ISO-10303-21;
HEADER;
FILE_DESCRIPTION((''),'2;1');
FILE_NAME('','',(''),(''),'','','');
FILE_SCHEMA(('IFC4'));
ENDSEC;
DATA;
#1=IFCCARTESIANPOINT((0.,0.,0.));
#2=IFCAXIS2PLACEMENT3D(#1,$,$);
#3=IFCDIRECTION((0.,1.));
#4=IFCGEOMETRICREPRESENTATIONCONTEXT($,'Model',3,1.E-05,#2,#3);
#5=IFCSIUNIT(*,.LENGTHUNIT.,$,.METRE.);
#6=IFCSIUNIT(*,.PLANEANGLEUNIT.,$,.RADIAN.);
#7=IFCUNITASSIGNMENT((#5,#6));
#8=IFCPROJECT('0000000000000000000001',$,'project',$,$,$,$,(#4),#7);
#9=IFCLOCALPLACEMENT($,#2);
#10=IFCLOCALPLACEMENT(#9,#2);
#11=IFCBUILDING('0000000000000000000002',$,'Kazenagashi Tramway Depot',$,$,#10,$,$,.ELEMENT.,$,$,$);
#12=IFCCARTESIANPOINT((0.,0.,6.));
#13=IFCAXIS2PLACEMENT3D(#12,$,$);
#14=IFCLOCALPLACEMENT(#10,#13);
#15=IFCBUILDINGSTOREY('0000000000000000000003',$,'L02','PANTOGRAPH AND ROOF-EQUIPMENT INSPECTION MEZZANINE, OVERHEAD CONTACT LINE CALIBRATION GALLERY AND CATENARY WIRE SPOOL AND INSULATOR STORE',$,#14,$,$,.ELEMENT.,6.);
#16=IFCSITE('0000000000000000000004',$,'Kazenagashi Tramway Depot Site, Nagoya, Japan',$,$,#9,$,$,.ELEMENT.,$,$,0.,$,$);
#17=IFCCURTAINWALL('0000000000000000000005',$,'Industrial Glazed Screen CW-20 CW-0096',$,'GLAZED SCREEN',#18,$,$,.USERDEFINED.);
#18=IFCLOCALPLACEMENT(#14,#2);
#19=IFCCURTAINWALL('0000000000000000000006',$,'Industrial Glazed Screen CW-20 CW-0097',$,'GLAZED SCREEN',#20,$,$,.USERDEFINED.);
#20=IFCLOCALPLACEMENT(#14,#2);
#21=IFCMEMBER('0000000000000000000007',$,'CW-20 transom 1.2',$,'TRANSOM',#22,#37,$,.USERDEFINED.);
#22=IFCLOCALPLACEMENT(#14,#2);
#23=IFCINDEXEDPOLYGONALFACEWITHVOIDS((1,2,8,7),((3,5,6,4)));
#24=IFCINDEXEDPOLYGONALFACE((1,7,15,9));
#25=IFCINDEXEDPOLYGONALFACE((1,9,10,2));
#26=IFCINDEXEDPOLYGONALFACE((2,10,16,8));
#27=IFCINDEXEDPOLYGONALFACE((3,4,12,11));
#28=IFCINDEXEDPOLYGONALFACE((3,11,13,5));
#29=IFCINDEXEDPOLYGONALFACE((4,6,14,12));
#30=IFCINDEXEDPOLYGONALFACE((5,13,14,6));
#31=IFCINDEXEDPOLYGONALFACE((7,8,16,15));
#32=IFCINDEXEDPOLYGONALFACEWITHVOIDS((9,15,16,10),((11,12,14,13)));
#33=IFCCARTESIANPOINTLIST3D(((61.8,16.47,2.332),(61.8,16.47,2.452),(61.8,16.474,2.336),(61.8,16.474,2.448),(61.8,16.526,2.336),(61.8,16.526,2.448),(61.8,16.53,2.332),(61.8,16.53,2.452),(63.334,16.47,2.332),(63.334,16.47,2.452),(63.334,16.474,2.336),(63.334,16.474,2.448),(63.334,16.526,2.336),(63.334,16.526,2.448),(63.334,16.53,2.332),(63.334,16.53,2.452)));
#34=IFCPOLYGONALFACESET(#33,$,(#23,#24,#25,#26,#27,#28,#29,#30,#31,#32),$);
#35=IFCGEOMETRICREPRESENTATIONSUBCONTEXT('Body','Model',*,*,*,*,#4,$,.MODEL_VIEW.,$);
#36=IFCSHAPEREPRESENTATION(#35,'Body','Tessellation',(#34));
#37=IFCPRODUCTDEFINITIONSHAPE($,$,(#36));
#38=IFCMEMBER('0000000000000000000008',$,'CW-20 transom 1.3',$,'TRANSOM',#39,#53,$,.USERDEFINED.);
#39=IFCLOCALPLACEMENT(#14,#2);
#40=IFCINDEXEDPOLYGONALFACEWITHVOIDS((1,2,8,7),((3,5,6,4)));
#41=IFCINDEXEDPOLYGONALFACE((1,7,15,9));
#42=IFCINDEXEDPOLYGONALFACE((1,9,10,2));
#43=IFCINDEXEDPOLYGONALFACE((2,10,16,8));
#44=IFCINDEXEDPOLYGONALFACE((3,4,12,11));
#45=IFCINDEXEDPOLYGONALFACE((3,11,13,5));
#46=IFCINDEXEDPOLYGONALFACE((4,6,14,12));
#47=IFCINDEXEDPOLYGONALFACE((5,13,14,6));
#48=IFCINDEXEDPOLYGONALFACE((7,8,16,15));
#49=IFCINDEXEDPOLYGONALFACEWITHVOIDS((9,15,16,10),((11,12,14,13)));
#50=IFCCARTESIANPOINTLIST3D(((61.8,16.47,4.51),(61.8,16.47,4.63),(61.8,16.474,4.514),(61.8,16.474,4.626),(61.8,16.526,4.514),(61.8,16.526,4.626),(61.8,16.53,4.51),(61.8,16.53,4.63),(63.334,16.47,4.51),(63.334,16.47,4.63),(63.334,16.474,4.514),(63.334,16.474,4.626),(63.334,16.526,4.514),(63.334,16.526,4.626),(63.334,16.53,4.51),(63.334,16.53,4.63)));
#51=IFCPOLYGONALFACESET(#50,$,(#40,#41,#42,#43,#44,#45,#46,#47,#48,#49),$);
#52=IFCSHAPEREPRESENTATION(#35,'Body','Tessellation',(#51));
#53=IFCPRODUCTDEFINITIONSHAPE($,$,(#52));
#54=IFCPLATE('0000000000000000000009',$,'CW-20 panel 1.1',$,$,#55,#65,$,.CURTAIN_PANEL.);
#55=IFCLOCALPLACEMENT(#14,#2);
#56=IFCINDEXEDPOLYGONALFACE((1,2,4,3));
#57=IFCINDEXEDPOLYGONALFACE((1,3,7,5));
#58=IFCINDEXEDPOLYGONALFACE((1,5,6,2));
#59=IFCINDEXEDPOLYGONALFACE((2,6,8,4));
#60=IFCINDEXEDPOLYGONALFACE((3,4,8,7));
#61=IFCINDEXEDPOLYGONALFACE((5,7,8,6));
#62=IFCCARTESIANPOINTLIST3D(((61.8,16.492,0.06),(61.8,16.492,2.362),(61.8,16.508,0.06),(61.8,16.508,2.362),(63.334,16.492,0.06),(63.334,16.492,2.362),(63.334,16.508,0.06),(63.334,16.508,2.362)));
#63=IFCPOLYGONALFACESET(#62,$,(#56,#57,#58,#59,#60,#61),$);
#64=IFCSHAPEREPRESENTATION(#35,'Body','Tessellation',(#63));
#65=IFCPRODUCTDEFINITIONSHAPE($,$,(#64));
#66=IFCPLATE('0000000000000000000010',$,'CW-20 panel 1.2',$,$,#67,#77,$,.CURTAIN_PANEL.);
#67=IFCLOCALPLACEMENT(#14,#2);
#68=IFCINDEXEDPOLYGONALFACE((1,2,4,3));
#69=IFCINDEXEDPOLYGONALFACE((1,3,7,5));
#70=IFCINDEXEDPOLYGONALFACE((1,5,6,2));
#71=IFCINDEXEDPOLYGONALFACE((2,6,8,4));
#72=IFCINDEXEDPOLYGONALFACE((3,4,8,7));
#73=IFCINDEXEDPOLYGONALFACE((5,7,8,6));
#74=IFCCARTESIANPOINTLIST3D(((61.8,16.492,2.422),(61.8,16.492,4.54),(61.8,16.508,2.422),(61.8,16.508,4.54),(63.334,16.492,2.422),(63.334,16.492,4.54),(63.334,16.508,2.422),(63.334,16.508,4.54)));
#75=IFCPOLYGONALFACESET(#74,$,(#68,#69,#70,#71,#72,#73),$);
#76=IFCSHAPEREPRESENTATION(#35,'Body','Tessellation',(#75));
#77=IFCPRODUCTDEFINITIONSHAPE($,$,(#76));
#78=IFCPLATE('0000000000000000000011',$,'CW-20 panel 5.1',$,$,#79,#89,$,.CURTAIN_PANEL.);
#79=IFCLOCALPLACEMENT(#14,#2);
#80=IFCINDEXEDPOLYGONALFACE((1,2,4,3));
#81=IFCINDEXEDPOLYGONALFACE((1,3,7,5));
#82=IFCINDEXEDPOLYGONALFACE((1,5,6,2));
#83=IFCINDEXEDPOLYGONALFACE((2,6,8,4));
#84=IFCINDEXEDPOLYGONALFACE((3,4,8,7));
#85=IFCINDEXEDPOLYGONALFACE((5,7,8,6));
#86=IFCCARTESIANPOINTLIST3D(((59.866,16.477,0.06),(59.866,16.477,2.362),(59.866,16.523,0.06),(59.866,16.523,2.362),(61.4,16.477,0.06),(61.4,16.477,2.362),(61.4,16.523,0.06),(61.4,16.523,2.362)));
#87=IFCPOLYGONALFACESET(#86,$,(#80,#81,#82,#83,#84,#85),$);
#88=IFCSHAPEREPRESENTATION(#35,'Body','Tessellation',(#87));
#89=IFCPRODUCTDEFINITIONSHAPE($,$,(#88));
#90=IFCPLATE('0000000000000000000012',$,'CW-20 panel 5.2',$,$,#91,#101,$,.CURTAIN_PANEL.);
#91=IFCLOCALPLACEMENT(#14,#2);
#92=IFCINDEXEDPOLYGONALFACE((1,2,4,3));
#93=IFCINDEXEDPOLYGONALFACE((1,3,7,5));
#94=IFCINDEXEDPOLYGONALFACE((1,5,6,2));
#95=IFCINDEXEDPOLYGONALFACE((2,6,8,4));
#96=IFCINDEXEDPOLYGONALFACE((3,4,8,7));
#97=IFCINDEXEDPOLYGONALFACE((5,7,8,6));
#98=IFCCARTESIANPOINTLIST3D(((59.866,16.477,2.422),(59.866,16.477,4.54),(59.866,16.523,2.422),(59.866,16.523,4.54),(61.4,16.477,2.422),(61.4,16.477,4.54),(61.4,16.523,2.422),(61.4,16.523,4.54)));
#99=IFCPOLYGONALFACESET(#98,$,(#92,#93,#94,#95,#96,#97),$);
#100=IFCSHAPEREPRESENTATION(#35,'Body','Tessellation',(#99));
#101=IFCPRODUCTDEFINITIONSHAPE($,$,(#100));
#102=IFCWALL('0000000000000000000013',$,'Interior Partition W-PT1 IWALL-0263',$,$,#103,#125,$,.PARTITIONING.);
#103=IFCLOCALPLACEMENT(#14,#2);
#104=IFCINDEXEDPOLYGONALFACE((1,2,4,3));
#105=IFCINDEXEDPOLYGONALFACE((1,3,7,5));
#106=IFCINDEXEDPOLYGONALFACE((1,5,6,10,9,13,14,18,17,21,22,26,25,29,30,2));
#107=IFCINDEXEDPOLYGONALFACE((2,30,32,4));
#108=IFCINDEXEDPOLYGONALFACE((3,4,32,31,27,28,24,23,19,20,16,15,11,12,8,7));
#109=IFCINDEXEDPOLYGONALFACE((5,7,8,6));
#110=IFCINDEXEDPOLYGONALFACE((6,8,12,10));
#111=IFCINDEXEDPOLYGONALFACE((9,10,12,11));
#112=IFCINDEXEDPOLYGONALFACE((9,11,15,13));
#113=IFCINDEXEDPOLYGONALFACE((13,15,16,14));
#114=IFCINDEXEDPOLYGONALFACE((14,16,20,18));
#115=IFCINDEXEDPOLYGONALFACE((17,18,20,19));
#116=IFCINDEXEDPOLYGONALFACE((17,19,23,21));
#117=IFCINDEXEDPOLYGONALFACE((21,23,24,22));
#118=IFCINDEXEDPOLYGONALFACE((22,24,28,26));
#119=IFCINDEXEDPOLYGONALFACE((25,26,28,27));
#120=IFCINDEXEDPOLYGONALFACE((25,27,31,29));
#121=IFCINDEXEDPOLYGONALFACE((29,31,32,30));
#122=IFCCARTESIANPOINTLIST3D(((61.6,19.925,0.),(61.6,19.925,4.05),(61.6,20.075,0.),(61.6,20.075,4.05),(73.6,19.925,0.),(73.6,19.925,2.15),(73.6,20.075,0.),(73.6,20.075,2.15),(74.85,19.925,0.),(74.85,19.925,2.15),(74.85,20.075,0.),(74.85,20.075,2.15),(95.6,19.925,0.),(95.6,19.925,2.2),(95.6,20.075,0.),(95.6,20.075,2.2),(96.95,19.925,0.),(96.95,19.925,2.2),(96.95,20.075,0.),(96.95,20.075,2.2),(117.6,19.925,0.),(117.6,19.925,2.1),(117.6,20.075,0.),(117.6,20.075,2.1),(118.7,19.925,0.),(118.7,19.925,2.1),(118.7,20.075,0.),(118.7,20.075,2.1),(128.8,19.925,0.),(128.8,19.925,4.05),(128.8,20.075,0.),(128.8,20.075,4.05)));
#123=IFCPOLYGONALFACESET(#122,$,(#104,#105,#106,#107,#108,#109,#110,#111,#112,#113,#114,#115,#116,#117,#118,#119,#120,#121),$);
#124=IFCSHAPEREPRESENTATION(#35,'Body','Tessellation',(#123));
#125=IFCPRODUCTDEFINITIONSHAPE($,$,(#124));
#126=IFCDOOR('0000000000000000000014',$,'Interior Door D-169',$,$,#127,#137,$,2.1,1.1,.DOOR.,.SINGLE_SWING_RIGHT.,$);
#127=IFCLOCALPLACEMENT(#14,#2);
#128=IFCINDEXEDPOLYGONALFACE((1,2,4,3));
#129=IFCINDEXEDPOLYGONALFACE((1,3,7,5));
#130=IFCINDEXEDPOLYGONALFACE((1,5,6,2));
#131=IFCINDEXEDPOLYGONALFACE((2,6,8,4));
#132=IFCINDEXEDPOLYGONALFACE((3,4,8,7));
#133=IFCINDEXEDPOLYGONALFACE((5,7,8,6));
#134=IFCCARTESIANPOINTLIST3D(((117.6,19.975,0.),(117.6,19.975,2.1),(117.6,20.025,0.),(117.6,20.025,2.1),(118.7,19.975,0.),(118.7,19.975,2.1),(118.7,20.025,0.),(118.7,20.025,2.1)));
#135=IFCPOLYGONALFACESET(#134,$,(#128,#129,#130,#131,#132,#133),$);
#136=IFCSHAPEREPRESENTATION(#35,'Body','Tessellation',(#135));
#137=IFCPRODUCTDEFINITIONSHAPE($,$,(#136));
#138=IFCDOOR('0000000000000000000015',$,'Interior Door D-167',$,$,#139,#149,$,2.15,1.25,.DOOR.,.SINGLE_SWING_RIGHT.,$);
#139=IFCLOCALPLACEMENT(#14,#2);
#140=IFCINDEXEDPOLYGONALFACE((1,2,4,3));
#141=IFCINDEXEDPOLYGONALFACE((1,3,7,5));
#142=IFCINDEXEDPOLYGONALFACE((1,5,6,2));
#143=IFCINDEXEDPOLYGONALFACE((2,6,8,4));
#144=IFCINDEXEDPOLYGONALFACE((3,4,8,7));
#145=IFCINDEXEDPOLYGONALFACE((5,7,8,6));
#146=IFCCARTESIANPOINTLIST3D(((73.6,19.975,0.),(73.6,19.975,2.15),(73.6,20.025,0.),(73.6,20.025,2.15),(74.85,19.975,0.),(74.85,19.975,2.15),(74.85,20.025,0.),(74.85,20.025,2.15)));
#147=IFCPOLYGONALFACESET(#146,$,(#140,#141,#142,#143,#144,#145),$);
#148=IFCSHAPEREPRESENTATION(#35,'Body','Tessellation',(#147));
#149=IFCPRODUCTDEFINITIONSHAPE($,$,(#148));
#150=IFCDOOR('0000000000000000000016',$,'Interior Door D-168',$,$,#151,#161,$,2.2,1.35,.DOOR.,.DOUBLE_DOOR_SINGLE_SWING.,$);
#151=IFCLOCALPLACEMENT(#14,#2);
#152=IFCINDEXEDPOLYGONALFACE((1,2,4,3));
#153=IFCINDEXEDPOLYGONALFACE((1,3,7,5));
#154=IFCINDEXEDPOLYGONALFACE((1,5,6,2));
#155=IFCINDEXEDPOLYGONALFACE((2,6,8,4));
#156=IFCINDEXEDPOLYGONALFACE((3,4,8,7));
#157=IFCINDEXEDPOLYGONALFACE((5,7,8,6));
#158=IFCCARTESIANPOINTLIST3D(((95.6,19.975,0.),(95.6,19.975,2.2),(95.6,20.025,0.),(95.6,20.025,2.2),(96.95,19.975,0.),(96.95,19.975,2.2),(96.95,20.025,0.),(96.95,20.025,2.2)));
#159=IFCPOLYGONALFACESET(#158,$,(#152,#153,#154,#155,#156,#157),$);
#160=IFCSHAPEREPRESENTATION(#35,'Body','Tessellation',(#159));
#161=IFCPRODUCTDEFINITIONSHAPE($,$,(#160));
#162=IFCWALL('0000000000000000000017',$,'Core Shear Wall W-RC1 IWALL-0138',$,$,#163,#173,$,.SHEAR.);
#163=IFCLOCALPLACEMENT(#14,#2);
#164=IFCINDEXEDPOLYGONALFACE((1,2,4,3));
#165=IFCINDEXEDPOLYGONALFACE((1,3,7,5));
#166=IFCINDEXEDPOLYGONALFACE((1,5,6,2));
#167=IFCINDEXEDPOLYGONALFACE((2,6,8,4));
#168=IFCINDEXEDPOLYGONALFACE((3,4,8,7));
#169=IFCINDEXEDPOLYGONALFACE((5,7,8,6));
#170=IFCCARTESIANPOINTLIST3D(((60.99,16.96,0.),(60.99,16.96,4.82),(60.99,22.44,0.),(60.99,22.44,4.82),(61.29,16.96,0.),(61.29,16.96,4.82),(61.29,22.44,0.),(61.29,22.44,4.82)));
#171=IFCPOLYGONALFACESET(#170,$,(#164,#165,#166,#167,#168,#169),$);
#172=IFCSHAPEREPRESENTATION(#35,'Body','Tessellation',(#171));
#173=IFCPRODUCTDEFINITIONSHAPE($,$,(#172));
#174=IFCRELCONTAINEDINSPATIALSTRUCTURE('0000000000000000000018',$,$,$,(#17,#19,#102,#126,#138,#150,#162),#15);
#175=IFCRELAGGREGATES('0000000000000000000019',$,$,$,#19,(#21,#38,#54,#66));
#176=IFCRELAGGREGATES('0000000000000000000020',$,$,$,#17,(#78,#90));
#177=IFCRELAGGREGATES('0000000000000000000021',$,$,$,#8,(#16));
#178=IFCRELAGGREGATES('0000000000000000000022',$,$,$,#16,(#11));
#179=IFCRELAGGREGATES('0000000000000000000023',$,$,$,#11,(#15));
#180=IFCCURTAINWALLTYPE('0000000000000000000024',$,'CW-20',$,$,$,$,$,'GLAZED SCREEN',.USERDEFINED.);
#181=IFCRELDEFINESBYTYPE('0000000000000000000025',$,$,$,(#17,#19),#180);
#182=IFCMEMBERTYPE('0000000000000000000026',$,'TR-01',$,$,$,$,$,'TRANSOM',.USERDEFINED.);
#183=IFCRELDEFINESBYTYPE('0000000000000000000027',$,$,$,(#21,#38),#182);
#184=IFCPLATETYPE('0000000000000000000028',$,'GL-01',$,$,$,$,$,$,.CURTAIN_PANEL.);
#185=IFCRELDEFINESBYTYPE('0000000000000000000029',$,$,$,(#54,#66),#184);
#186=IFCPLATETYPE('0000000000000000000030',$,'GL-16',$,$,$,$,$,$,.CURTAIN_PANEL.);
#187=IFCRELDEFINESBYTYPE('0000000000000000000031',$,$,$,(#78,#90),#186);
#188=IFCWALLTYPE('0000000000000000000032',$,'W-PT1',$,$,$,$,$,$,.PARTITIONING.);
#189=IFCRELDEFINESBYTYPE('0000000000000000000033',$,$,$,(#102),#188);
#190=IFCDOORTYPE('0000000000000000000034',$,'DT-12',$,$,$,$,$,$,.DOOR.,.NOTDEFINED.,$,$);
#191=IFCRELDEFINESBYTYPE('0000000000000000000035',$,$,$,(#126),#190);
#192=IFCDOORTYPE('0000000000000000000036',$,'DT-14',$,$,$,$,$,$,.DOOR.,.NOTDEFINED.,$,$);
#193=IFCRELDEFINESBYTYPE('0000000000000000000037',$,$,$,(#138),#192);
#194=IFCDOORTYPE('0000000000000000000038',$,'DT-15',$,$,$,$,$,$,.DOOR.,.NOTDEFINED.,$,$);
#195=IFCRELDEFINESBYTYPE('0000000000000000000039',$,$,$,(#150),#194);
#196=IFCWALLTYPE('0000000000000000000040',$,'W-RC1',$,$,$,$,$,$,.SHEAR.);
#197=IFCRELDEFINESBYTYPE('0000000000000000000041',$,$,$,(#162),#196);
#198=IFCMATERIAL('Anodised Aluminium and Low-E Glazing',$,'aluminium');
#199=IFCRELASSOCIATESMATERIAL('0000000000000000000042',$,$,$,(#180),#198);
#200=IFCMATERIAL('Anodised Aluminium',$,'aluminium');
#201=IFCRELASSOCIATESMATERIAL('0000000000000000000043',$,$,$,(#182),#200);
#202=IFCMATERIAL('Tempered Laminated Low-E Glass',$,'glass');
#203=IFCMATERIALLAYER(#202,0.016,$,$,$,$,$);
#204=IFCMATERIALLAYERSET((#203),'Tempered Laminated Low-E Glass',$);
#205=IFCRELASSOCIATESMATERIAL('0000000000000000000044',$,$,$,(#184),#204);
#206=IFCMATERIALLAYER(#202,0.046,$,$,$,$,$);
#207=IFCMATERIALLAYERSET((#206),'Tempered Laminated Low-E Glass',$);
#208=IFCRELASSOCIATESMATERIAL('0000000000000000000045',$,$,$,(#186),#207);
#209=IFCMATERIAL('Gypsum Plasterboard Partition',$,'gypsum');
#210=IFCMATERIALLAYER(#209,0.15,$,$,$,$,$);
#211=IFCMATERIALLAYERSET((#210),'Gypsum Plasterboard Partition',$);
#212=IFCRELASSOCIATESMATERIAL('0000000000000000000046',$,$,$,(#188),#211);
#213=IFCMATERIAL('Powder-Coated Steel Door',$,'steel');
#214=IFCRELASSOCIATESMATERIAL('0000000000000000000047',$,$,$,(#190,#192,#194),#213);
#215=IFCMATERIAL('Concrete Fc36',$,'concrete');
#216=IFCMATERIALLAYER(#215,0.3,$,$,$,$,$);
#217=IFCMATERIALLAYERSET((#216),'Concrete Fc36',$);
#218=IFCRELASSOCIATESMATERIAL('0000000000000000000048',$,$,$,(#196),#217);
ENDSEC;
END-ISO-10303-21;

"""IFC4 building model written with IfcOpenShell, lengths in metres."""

from ifc_helpers import new_model, si_unit, direction, frame, frame_2d, origin, origin_2d, place, context, subcontext, project, spatial, rectangle, hollow_rectangle, extrude, material, layer, layer_set, material_profile, profile_set, type_object, element, fill, aggregate, save


model = new_model("IFC4")

# Units and contexts
model_context = context("Model", 3, precision=1e-05, world=origin(), true_north=direction((0.0, 1.0)))
body_context = subcontext(model_context, "Body", "Model", "MODEL_VIEW")
ifc_project = project(units=[si_unit("LENGTHUNIT", "METRE"), si_unit("PLANEANGLEUNIT", "RADIAN")], contexts=[model_context])

# Site, building, storey
site_placement = place(None, origin())
site = spatial("IfcSite", under=ifc_project, at=site_placement, Name="Kazenagashi Tramway Depot Site, Nagoya, Japan", CompositionType="ELEMENT", RefElevation=0.0)
building_placement = place(site_placement, origin())
building = spatial("IfcBuilding", under=site, at=building_placement, Name="Kazenagashi Tramway Depot", CompositionType="ELEMENT")
storey_placement = place(building_placement, frame((0.0, 0.0, 6.0)))
storey = spatial("IfcBuildingStorey", under=building, at=storey_placement, Name="L02", Description="PANTOGRAPH AND ROOF-EQUIPMENT INSPECTION MEZZANINE, OVERHEAD CONTACT LINE CALIBRATION GALLERY AND CATENARY WIRE SPOOL AND INSULATOR STORE", CompositionType="ELEMENT", Elevation=6.0)

# Curtain walls
ifc_material_1 = material(Name="Anodised Aluminium and Low-E Glazing", Category="aluminium")
curtain_wall_type = type_object("IfcCurtainWallType", Name="CW-20", ElementType="GLAZED SCREEN", PredefinedType="USERDEFINED", material=ifc_material_1)
curtain_wall_1_placement = place(storey_placement, origin())
curtain_wall_1 = element("IfcCurtainWall", 1, at=curtain_wall_1_placement, inside=storey, type_object=curtain_wall_type, Name="Industrial Glazed Screen CW-20 CW-0096", ObjectType="GLAZED SCREEN", PredefinedType="USERDEFINED")
ifc_material_2 = material(Name="Anodised Aluminium", Category="aluminium")
curtain_wall_2_placement = place(storey_placement, origin())
curtain_wall_2 = element("IfcCurtainWall", 2, at=curtain_wall_2_placement, inside=storey, type_object=curtain_wall_type, Name="Industrial Glazed Screen CW-20 CW-0097", ObjectType="GLAZED SCREEN", PredefinedType="USERDEFINED")

# Members
ifc_material_profile_1 = material_profile(ifc_material_2, hollow_rectangle(XDim=0.06, YDim=0.12, WallThickness=0.004, at=origin_2d()), Name="RHS-120x60x4")
ifc_profile_set_1 = profile_set([ifc_material_profile_1], Name="Anodised Aluminium")
member_type_1 = type_object("IfcMemberType", Name="TR-01", ElementType="TRANSOM", PredefinedType="USERDEFINED", material=ifc_profile_set_1)
member_1_placement = place(storey_placement, frame((61.8, 16.5, 2.392), z_axis=(1.0, 0.0, 0.0), x_axis=(0.0, 1.0, 0.0)))
member_1 = element("IfcMember", 3, at=member_1_placement, type_object=member_type_1, Name="CW-20 transom 1.2", ObjectType="TRANSOM", PredefinedType="USERDEFINED", context=body_context, shape_type="SweptSolid", body=[
    extrude(hollow_rectangle(XDim=0.06, YDim=0.12, WallThickness=0.004, at=origin_2d()), origin(), (0.0, 0.0, 1.0), 1.534),
])
member_2_placement = place(storey_placement, frame((61.8, 16.5, 4.57), z_axis=(1.0, 0.0, 0.0), x_axis=(0.0, 1.0, 0.0)))
member_2 = element("IfcMember", 4, at=member_2_placement, type_object=member_type_1, Name="CW-20 transom 1.3", ObjectType="TRANSOM", PredefinedType="USERDEFINED", context=body_context, shape_type="SweptSolid", body=[
    extrude(hollow_rectangle(XDim=0.06, YDim=0.12, WallThickness=0.004, at=origin_2d()), origin(), (0.0, 0.0, 1.0), 1.534),
])

# Plates
ifc_material_3 = material(Name="Tempered Laminated Low-E Glass", Category="glass")
ifc_layer_1 = layer(ifc_material_3, 0.016)
ifc_layer_set_1 = layer_set([ifc_layer_1], Name="Tempered Laminated Low-E Glass")
plate_type_1 = type_object("IfcPlateType", Name="GL-01", PredefinedType="CURTAIN_PANEL", material=ifc_layer_set_1)
plate_1_placement = place(storey_placement, frame((62.567, 16.5, 0.06), z_axis=(0.0, 0.0, 1.0), x_axis=(1.0, 0.0, 0.0)))
plate_1 = element("IfcPlate", 5, at=plate_1_placement, type_object=plate_type_1, Name="CW-20 panel 1.1", PredefinedType="CURTAIN_PANEL", context=body_context, shape_type="SweptSolid", body=[
    extrude(rectangle(XDim=1.534, YDim=0.016, at=origin_2d()), origin(), (0.0, 0.0, 1.0), 2.302),
])
plate_2_placement = place(storey_placement, frame((62.567, 16.5, 2.422), z_axis=(0.0, 0.0, 1.0), x_axis=(1.0, 0.0, 0.0)))
plate_2 = element("IfcPlate", 6, at=plate_2_placement, type_object=plate_type_1, Name="CW-20 panel 1.2", PredefinedType="CURTAIN_PANEL", context=body_context, shape_type="SweptSolid", body=[
    extrude(rectangle(XDim=1.534, YDim=0.016, at=origin_2d()), origin(), (0.0, 0.0, 1.0), 2.118),
])
aggregate(curtain_wall_2, [member_1, member_2, plate_1, plate_2])
ifc_layer_2 = layer(ifc_material_3, 0.046)
ifc_layer_set_2 = layer_set([ifc_layer_2], Name="Tempered Laminated Low-E Glass")
plate_type_2 = type_object("IfcPlateType", Name="GL-16", PredefinedType="CURTAIN_PANEL", material=ifc_layer_set_2)
plate_3_placement = place(storey_placement, frame((60.633, 16.5, 0.06), z_axis=(0.0, 0.0, 1.0), x_axis=(1.0, 0.0, 0.0)))
plate_3 = element("IfcPlate", 7, at=plate_3_placement, type_object=plate_type_2, Name="CW-20 panel 5.1", PredefinedType="CURTAIN_PANEL", context=body_context, shape_type="SweptSolid", body=[
    extrude(rectangle(XDim=1.534, YDim=0.046, at=origin_2d()), origin(), (0.0, 0.0, 1.0), 2.302),
])
plate_4_placement = place(storey_placement, frame((60.633, 16.5, 2.422), z_axis=(0.0, 0.0, 1.0), x_axis=(1.0, 0.0, 0.0)))
plate_4 = element("IfcPlate", 8, at=plate_4_placement, type_object=plate_type_2, Name="CW-20 panel 5.2", PredefinedType="CURTAIN_PANEL", context=body_context, shape_type="SweptSolid", body=[
    extrude(rectangle(XDim=1.534, YDim=0.046, at=origin_2d()), origin(), (0.0, 0.0, 1.0), 2.118),
])
aggregate(curtain_wall_1, [plate_3, plate_4])

# Wall, openings, doors
ifc_material_4 = material(Name="Gypsum Plasterboard Partition", Category="gypsum")
ifc_layer_3 = layer(ifc_material_4, 0.15)
ifc_layer_set_3 = layer_set([ifc_layer_3], Name="Gypsum Plasterboard Partition")
wall_type_1 = type_object("IfcWallType", Name="W-PT1", PredefinedType="PARTITIONING", material=ifc_layer_set_3)
wall_1_placement = place(storey_placement, frame((61.6, 20.0, 0.0), z_axis=(0.0, 0.0, 1.0), x_axis=(1.0, 0.0, 0.0)))
wall_1 = element("IfcWall", 9, at=wall_1_placement, inside=storey, type_object=wall_type_1, Name="Interior Partition W-PT1 IWALL-0263", PredefinedType="PARTITIONING", context=body_context, shape_type="SweptSolid", body=[
    extrude(rectangle(XDim=67.2, YDim=0.15, at=frame_2d((33.6, 0.0))), origin(), (0.0, 0.0, 1.0), 4.05),
])
opening_1_placement = place(wall_1_placement, frame((12.0, 0.0, 0.0)))
opening_1 = element("IfcOpeningElement", 10, at=opening_1_placement, cuts=wall_1, PredefinedType="OPENING", context=body_context, shape_type="SweptSolid", body=[
    extrude(rectangle(XDim=1.25, YDim=2.15, at=frame_2d((0.625, 1.075))), frame((0.0, 0.085, 0.0), z_axis=(0.0, -1.0, 0.0), x_axis=(1.0, 0.0, 0.0)), (0.0, 0.0, 1.0), 0.17),
])
opening_2_placement = place(wall_1_placement, frame((34.0, 0.0, 0.0)))
opening_2 = element("IfcOpeningElement", 11, at=opening_2_placement, cuts=wall_1, PredefinedType="OPENING", context=body_context, shape_type="SweptSolid", body=[
    extrude(rectangle(XDim=1.35, YDim=2.2, at=frame_2d((0.675, 1.1))), frame((0.0, 0.085, 0.0), z_axis=(0.0, -1.0, 0.0), x_axis=(1.0, 0.0, 0.0)), (0.0, 0.0, 1.0), 0.17),
])
opening_3_placement = place(wall_1_placement, frame((56.0, 0.0, 0.0)))
opening_3 = element("IfcOpeningElement", 12, at=opening_3_placement, cuts=wall_1, PredefinedType="OPENING", context=body_context, shape_type="SweptSolid", body=[
    extrude(rectangle(XDim=1.1, YDim=2.1, at=frame_2d((0.55, 1.05))), frame((0.0, 0.085, 0.0), z_axis=(0.0, -1.0, 0.0), x_axis=(1.0, 0.0, 0.0)), (0.0, 0.0, 1.0), 0.17),
])
ifc_material_5 = material(Name="Powder-Coated Steel Door", Category="steel")
door_type_1 = type_object("IfcDoorType", Name="DT-12", OperationType="NOTDEFINED", PredefinedType="DOOR", material=ifc_material_5)
door_1_placement = place(opening_3_placement, origin())
door_1 = element("IfcDoor", 13, at=door_1_placement, inside=storey, type_object=door_type_1, Name="Interior Door D-169", OperationType="SINGLE_SWING_RIGHT", OverallHeight=2.1, OverallWidth=1.1, PredefinedType="DOOR", context=body_context, shape_type="SweptSolid", body=[
    extrude(rectangle(XDim=1.1, YDim=2.1, at=frame_2d((0.55, 1.05))), frame((0.0, 0.025, 0.0), z_axis=(0.0, -1.0, 0.0), x_axis=(1.0, 0.0, 0.0)), (0.0, 0.0, 1.0), 0.05),
])
fill(opening_3, door_1)
door_type_2 = type_object("IfcDoorType", Name="DT-14", OperationType="NOTDEFINED", PredefinedType="DOOR", material=ifc_material_5)
door_2_placement = place(opening_1_placement, origin())
door_2 = element("IfcDoor", 14, at=door_2_placement, inside=storey, type_object=door_type_2, Name="Interior Door D-167", OperationType="SINGLE_SWING_RIGHT", OverallHeight=2.15, OverallWidth=1.25, PredefinedType="DOOR", context=body_context, shape_type="SweptSolid", body=[
    extrude(rectangle(XDim=1.25, YDim=2.15, at=frame_2d((0.625, 1.075))), frame((0.0, 0.025, 0.0), z_axis=(0.0, -1.0, 0.0), x_axis=(1.0, 0.0, 0.0)), (0.0, 0.0, 1.0), 0.05),
])
fill(opening_1, door_2)
door_type_3 = type_object("IfcDoorType", Name="DT-15", OperationType="NOTDEFINED", PredefinedType="DOOR", material=ifc_material_5)
door_3_placement = place(opening_2_placement, origin())
door_3 = element("IfcDoor", 15, at=door_3_placement, inside=storey, type_object=door_type_3, Name="Interior Door D-168", OperationType="DOUBLE_DOOR_SINGLE_SWING", OverallHeight=2.2, OverallWidth=1.35, PredefinedType="DOOR", context=body_context, shape_type="SweptSolid", body=[
    extrude(rectangle(XDim=1.35, YDim=2.2, at=frame_2d((0.675, 1.1))), frame((0.0, 0.025, 0.0), z_axis=(0.0, -1.0, 0.0), x_axis=(1.0, 0.0, 0.0)), (0.0, 0.0, 1.0), 0.05),
])
fill(opening_2, door_3)

# Wall
ifc_material_6 = material(Name="Concrete Fc36", Category="concrete")
ifc_layer_4 = layer(ifc_material_6, 0.3)
ifc_layer_set_4 = layer_set([ifc_layer_4], Name="Concrete Fc36")
wall_type_2 = type_object("IfcWallType", Name="W-RC1", PredefinedType="SHEAR", material=ifc_layer_set_4)
wall_2_placement = place(storey_placement, frame((61.14, 16.96, 0.0), z_axis=(0.0, 0.0, 1.0), x_axis=(0.0, 1.0, 0.0)))
element("IfcWall", 16, at=wall_2_placement, inside=storey, type_object=wall_type_2, Name="Core Shear Wall W-RC1 IWALL-0138", PredefinedType="SHEAR", context=body_context, shape_type="SweptSolid", body=[
    extrude(rectangle(XDim=5.48, YDim=0.3, at=frame_2d((2.74, 0.0))), origin(), (0.0, 0.0, 1.0), 4.82),
])

save(model, "model.ifc")
